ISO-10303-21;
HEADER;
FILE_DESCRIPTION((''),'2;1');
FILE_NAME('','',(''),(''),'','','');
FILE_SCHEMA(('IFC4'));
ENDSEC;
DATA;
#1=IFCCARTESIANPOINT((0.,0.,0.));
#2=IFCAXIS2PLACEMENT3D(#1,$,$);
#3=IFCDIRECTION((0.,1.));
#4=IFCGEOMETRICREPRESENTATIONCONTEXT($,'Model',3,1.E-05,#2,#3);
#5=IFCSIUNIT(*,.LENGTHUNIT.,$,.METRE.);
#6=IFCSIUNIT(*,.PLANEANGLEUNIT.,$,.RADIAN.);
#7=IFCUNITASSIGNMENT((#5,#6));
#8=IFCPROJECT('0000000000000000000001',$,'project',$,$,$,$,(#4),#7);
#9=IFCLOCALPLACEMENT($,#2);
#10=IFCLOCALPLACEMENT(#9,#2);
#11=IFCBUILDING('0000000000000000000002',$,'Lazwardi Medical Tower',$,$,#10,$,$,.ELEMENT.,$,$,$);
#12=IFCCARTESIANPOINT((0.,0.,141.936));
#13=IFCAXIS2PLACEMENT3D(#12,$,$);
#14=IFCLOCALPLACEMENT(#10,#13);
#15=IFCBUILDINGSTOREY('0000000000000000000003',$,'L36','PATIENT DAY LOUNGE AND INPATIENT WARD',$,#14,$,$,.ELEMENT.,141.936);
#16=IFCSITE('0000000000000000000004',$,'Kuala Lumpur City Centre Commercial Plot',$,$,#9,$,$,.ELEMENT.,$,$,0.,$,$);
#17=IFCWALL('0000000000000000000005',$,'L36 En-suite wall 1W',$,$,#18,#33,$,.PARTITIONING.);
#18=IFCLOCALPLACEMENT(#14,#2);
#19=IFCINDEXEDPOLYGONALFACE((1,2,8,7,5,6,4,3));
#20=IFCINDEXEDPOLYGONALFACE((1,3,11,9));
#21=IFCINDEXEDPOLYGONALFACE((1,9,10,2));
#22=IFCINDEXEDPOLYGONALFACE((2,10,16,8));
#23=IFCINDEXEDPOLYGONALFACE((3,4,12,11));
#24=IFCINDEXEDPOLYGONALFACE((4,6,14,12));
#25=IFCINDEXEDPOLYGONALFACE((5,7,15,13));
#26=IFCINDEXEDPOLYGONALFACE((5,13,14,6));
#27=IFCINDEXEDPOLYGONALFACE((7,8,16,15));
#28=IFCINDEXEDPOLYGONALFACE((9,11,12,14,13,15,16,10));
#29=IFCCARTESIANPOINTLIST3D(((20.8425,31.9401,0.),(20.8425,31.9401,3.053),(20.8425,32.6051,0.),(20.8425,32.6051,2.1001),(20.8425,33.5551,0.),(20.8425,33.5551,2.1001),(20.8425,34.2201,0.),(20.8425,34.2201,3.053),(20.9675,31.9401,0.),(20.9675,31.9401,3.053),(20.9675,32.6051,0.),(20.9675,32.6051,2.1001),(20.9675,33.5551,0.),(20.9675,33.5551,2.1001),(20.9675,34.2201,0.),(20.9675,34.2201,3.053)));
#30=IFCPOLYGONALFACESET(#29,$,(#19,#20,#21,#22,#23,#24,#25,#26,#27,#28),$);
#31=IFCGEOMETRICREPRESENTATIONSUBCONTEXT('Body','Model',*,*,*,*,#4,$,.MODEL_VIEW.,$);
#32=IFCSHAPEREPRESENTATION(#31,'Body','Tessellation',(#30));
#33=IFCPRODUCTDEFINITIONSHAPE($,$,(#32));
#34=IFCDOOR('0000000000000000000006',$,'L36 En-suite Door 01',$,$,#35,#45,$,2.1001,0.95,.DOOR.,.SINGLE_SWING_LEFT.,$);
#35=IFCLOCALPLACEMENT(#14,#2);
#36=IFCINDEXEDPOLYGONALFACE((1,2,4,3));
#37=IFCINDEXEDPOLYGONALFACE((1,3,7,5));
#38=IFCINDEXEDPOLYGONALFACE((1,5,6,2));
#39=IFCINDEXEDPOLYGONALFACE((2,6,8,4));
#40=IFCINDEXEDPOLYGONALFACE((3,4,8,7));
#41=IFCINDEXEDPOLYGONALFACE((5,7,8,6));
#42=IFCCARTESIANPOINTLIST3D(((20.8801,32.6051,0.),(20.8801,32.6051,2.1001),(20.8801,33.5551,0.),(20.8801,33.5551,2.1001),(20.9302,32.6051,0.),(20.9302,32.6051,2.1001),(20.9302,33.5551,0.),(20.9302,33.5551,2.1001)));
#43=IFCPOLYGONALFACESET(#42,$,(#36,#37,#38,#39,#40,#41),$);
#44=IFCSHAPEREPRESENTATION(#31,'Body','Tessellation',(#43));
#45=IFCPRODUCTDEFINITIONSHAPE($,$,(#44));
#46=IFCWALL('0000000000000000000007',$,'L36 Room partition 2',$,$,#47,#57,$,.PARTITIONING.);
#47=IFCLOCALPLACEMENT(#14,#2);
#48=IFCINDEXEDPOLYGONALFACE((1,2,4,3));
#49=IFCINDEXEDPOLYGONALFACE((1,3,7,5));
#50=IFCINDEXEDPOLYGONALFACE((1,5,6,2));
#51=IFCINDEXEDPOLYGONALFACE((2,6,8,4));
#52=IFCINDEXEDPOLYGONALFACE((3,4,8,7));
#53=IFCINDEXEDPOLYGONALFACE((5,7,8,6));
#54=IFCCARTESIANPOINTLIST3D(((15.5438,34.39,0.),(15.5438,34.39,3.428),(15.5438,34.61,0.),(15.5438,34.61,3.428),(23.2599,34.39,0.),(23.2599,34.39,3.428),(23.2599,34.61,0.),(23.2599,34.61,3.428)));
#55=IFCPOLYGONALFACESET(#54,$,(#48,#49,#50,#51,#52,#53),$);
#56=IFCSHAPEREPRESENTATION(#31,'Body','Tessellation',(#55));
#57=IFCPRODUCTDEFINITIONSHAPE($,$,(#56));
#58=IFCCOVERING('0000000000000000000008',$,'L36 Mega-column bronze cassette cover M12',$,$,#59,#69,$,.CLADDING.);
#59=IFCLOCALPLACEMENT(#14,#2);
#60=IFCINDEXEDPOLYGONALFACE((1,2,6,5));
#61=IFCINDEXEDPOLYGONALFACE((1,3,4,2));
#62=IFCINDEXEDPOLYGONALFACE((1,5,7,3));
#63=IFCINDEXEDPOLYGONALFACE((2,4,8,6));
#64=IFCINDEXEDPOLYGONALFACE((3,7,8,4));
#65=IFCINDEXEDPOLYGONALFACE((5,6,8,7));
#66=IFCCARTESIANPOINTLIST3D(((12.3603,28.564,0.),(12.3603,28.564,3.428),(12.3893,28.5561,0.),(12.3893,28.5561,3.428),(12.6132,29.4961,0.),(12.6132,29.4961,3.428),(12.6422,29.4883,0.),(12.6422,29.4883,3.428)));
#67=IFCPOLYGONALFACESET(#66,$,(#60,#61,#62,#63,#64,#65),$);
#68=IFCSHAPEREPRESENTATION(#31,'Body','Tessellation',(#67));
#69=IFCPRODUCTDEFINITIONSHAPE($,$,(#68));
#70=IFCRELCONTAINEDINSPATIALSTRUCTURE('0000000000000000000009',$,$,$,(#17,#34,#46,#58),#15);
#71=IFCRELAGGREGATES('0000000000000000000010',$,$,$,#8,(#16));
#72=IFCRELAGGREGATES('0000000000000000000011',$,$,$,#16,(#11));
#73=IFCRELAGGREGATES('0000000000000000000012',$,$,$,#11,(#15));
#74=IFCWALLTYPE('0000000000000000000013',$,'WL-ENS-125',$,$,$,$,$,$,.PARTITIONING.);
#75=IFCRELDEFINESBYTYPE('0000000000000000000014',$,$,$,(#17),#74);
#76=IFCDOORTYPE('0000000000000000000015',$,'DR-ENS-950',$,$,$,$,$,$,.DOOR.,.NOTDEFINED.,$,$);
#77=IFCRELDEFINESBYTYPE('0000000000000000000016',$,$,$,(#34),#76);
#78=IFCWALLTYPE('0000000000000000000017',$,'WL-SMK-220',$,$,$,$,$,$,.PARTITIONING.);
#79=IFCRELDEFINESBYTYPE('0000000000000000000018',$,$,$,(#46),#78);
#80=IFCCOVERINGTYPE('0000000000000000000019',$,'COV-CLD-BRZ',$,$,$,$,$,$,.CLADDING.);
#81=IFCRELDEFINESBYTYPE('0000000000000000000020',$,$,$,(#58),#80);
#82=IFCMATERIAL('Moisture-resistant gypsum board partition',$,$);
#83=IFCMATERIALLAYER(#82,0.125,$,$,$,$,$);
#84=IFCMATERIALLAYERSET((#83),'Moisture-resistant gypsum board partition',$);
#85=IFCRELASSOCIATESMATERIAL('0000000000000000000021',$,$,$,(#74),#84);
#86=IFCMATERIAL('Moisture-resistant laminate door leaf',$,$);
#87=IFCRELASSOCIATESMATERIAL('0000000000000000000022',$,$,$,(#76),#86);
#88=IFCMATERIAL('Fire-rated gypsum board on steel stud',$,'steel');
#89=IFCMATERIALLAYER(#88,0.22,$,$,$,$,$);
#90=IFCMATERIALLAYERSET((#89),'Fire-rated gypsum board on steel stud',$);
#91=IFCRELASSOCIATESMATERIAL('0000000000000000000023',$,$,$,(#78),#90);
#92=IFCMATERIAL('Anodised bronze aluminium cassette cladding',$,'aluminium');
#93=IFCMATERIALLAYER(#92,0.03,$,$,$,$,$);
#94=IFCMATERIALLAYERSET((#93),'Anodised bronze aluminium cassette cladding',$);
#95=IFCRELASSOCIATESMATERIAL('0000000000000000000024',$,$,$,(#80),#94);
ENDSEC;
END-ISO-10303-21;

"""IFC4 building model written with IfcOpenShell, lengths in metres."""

from ifc_helpers import new_model, si_unit, direction, frame, frame_2d, origin, origin_2d, place, context, subcontext, project, spatial, rectangle, extrude, material, layer, layer_set, type_object, element, fill, save


model = new_model("IFC4")

# Units and contexts
model_context = context("Model", 3, precision=1e-05, world=origin(), true_north=direction((0.0, 1.0)))
body_context = subcontext(model_context, "Body", "Model", "MODEL_VIEW")
ifc_project = project(units=[si_unit("LENGTHUNIT", "METRE"), si_unit("PLANEANGLEUNIT", "RADIAN")], contexts=[model_context])

# Site, building, storey
site_placement = place(None, origin())
site = spatial("IfcSite", under=ifc_project, at=site_placement, Name="Kuala Lumpur City Centre Commercial Plot", CompositionType="ELEMENT", RefElevation=0.0)
building_placement = place(site_placement, origin())
building = spatial("IfcBuilding", under=site, at=building_placement, Name="Lazwardi Medical Tower", CompositionType="ELEMENT")
storey_placement = place(building_placement, frame((0.0, 0.0, 141.936)))
storey = spatial("IfcBuildingStorey", under=building, at=storey_placement, Name="L36", Description="PATIENT DAY LOUNGE AND INPATIENT WARD", CompositionType="ELEMENT", Elevation=141.936)

# Shared definitions
ifc_material_1 = material(Name="Fire-rated gypsum board on steel stud", Category="steel")
ifc_material_2 = material(Name="Moisture-resistant gypsum board partition")
ifc_layer_1 = layer(ifc_material_2, 0.125)
ifc_layer_set_1 = layer_set([ifc_layer_1], Name="Moisture-resistant gypsum board partition")
wall_type_1 = type_object("IfcWallType", Name="WL-ENS-125", PredefinedType="PARTITIONING", material=ifc_layer_set_1)

# Wall, opening, door
wall_1_placement = place(storey_placement, frame((20.905, 31.9399, 0.0), z_axis=(0.0, 0.0, 1.0), x_axis=(0.0, 1.0, 0.0)))
wall_1 = element("IfcWall", 1, at=wall_1_placement, inside=storey, type_object=wall_type_1, Name="L36 En-suite wall 1W", PredefinedType="PARTITIONING", context=body_context, shape_type="SweptSolid", body=[
    extrude(rectangle(XDim=2.28, YDim=0.125, at=frame_2d((1.1401, 0.0))), origin(), (0.0, 0.0, 1.0), 3.053),
])
opening_placement = place(wall_1_placement, frame((0.665, 0.0, 0.0)))
opening = element("IfcOpeningElement", 2, at=opening_placement, cuts=wall_1, PredefinedType="OPENING", context=body_context, shape_type="SweptSolid", body=[
    extrude(rectangle(XDim=0.95, YDim=2.1001, at=frame_2d((0.4751, 1.05))), frame((0.0, 0.0725, 0.0), z_axis=(0.0, -1.0, 0.0), x_axis=(1.0, 0.0, 0.0)), (0.0, 0.0, 1.0), 0.145),
])
ifc_material_3 = material(Name="Moisture-resistant laminate door leaf")
door_type = type_object("IfcDoorType", Name="DR-ENS-950", OperationType="NOTDEFINED", PredefinedType="DOOR", material=ifc_material_3)
door_placement = place(opening_placement, origin())
door = element("IfcDoor", 3, at=door_placement, inside=storey, type_object=door_type, Name="L36 En-suite Door 01", OperationType="SINGLE_SWING_LEFT", OverallHeight=2.1001, OverallWidth=0.95, PredefinedType="DOOR", context=body_context, shape_type="SweptSolid", body=[
    extrude(rectangle(XDim=0.95, YDim=2.1001, at=frame_2d((0.4751, 1.05))), frame((0.0, 0.0249, 0.0), z_axis=(0.0, -1.0, 0.0), x_axis=(1.0, 0.0, 0.0)), (0.0, 0.0, 1.0), 0.05),
])
fill(opening, door)

# Wall
ifc_layer_2 = layer(ifc_material_1, 0.22)
ifc_layer_set_2 = layer_set([ifc_layer_2], Name="Fire-rated gypsum board on steel stud")
wall_type_2 = type_object("IfcWallType", Name="WL-SMK-220", PredefinedType="PARTITIONING", material=ifc_layer_set_2)
wall_2_placement = place(storey_placement, frame((15.5439, 34.5, 0.0), z_axis=(0.0, 0.0, 1.0), x_axis=(1.0, 0.0, 0.0)))
element("IfcWall", 4, at=wall_2_placement, inside=storey, type_object=wall_type_2, Name="L36 Room partition 2", PredefinedType="PARTITIONING", context=body_context, shape_type="SweptSolid", body=[
    extrude(rectangle(XDim=7.7161, YDim=0.22, at=frame_2d((3.8579, 0.0))), origin(), (0.0, 0.0, 1.0), 3.428),
])

# Covering
ifc_material_4 = material(Name="Anodised bronze aluminium cassette cladding", Category="aluminium")
ifc_layer_3 = layer(ifc_material_4, 0.03)
ifc_layer_set_3 = layer_set([ifc_layer_3], Name="Anodised bronze aluminium cassette cladding")
covering_type = type_object("IfcCoveringType", Name="COV-CLD-BRZ", PredefinedType="CLADDING", material=ifc_layer_set_3)
covering_placement = place(storey_placement, frame((12.5012, 29.0261, 0.0), z_axis=(0.0, 0.0, 1.0), x_axis=(-0.261829, -0.965114, 0.0)))
element("IfcCovering", 5, at=covering_placement, inside=storey, type_object=covering_type, Name="L36 Mega-column bronze cassette cover M12", PredefinedType="CLADDING", context=body_context, shape_type="SweptSolid", body=[
    extrude(rectangle(XDim=0.9658, YDim=0.03, at=origin_2d()), origin(), (0.0, 0.0, 1.0), 3.428),
])

save(model, "model.ifc")
